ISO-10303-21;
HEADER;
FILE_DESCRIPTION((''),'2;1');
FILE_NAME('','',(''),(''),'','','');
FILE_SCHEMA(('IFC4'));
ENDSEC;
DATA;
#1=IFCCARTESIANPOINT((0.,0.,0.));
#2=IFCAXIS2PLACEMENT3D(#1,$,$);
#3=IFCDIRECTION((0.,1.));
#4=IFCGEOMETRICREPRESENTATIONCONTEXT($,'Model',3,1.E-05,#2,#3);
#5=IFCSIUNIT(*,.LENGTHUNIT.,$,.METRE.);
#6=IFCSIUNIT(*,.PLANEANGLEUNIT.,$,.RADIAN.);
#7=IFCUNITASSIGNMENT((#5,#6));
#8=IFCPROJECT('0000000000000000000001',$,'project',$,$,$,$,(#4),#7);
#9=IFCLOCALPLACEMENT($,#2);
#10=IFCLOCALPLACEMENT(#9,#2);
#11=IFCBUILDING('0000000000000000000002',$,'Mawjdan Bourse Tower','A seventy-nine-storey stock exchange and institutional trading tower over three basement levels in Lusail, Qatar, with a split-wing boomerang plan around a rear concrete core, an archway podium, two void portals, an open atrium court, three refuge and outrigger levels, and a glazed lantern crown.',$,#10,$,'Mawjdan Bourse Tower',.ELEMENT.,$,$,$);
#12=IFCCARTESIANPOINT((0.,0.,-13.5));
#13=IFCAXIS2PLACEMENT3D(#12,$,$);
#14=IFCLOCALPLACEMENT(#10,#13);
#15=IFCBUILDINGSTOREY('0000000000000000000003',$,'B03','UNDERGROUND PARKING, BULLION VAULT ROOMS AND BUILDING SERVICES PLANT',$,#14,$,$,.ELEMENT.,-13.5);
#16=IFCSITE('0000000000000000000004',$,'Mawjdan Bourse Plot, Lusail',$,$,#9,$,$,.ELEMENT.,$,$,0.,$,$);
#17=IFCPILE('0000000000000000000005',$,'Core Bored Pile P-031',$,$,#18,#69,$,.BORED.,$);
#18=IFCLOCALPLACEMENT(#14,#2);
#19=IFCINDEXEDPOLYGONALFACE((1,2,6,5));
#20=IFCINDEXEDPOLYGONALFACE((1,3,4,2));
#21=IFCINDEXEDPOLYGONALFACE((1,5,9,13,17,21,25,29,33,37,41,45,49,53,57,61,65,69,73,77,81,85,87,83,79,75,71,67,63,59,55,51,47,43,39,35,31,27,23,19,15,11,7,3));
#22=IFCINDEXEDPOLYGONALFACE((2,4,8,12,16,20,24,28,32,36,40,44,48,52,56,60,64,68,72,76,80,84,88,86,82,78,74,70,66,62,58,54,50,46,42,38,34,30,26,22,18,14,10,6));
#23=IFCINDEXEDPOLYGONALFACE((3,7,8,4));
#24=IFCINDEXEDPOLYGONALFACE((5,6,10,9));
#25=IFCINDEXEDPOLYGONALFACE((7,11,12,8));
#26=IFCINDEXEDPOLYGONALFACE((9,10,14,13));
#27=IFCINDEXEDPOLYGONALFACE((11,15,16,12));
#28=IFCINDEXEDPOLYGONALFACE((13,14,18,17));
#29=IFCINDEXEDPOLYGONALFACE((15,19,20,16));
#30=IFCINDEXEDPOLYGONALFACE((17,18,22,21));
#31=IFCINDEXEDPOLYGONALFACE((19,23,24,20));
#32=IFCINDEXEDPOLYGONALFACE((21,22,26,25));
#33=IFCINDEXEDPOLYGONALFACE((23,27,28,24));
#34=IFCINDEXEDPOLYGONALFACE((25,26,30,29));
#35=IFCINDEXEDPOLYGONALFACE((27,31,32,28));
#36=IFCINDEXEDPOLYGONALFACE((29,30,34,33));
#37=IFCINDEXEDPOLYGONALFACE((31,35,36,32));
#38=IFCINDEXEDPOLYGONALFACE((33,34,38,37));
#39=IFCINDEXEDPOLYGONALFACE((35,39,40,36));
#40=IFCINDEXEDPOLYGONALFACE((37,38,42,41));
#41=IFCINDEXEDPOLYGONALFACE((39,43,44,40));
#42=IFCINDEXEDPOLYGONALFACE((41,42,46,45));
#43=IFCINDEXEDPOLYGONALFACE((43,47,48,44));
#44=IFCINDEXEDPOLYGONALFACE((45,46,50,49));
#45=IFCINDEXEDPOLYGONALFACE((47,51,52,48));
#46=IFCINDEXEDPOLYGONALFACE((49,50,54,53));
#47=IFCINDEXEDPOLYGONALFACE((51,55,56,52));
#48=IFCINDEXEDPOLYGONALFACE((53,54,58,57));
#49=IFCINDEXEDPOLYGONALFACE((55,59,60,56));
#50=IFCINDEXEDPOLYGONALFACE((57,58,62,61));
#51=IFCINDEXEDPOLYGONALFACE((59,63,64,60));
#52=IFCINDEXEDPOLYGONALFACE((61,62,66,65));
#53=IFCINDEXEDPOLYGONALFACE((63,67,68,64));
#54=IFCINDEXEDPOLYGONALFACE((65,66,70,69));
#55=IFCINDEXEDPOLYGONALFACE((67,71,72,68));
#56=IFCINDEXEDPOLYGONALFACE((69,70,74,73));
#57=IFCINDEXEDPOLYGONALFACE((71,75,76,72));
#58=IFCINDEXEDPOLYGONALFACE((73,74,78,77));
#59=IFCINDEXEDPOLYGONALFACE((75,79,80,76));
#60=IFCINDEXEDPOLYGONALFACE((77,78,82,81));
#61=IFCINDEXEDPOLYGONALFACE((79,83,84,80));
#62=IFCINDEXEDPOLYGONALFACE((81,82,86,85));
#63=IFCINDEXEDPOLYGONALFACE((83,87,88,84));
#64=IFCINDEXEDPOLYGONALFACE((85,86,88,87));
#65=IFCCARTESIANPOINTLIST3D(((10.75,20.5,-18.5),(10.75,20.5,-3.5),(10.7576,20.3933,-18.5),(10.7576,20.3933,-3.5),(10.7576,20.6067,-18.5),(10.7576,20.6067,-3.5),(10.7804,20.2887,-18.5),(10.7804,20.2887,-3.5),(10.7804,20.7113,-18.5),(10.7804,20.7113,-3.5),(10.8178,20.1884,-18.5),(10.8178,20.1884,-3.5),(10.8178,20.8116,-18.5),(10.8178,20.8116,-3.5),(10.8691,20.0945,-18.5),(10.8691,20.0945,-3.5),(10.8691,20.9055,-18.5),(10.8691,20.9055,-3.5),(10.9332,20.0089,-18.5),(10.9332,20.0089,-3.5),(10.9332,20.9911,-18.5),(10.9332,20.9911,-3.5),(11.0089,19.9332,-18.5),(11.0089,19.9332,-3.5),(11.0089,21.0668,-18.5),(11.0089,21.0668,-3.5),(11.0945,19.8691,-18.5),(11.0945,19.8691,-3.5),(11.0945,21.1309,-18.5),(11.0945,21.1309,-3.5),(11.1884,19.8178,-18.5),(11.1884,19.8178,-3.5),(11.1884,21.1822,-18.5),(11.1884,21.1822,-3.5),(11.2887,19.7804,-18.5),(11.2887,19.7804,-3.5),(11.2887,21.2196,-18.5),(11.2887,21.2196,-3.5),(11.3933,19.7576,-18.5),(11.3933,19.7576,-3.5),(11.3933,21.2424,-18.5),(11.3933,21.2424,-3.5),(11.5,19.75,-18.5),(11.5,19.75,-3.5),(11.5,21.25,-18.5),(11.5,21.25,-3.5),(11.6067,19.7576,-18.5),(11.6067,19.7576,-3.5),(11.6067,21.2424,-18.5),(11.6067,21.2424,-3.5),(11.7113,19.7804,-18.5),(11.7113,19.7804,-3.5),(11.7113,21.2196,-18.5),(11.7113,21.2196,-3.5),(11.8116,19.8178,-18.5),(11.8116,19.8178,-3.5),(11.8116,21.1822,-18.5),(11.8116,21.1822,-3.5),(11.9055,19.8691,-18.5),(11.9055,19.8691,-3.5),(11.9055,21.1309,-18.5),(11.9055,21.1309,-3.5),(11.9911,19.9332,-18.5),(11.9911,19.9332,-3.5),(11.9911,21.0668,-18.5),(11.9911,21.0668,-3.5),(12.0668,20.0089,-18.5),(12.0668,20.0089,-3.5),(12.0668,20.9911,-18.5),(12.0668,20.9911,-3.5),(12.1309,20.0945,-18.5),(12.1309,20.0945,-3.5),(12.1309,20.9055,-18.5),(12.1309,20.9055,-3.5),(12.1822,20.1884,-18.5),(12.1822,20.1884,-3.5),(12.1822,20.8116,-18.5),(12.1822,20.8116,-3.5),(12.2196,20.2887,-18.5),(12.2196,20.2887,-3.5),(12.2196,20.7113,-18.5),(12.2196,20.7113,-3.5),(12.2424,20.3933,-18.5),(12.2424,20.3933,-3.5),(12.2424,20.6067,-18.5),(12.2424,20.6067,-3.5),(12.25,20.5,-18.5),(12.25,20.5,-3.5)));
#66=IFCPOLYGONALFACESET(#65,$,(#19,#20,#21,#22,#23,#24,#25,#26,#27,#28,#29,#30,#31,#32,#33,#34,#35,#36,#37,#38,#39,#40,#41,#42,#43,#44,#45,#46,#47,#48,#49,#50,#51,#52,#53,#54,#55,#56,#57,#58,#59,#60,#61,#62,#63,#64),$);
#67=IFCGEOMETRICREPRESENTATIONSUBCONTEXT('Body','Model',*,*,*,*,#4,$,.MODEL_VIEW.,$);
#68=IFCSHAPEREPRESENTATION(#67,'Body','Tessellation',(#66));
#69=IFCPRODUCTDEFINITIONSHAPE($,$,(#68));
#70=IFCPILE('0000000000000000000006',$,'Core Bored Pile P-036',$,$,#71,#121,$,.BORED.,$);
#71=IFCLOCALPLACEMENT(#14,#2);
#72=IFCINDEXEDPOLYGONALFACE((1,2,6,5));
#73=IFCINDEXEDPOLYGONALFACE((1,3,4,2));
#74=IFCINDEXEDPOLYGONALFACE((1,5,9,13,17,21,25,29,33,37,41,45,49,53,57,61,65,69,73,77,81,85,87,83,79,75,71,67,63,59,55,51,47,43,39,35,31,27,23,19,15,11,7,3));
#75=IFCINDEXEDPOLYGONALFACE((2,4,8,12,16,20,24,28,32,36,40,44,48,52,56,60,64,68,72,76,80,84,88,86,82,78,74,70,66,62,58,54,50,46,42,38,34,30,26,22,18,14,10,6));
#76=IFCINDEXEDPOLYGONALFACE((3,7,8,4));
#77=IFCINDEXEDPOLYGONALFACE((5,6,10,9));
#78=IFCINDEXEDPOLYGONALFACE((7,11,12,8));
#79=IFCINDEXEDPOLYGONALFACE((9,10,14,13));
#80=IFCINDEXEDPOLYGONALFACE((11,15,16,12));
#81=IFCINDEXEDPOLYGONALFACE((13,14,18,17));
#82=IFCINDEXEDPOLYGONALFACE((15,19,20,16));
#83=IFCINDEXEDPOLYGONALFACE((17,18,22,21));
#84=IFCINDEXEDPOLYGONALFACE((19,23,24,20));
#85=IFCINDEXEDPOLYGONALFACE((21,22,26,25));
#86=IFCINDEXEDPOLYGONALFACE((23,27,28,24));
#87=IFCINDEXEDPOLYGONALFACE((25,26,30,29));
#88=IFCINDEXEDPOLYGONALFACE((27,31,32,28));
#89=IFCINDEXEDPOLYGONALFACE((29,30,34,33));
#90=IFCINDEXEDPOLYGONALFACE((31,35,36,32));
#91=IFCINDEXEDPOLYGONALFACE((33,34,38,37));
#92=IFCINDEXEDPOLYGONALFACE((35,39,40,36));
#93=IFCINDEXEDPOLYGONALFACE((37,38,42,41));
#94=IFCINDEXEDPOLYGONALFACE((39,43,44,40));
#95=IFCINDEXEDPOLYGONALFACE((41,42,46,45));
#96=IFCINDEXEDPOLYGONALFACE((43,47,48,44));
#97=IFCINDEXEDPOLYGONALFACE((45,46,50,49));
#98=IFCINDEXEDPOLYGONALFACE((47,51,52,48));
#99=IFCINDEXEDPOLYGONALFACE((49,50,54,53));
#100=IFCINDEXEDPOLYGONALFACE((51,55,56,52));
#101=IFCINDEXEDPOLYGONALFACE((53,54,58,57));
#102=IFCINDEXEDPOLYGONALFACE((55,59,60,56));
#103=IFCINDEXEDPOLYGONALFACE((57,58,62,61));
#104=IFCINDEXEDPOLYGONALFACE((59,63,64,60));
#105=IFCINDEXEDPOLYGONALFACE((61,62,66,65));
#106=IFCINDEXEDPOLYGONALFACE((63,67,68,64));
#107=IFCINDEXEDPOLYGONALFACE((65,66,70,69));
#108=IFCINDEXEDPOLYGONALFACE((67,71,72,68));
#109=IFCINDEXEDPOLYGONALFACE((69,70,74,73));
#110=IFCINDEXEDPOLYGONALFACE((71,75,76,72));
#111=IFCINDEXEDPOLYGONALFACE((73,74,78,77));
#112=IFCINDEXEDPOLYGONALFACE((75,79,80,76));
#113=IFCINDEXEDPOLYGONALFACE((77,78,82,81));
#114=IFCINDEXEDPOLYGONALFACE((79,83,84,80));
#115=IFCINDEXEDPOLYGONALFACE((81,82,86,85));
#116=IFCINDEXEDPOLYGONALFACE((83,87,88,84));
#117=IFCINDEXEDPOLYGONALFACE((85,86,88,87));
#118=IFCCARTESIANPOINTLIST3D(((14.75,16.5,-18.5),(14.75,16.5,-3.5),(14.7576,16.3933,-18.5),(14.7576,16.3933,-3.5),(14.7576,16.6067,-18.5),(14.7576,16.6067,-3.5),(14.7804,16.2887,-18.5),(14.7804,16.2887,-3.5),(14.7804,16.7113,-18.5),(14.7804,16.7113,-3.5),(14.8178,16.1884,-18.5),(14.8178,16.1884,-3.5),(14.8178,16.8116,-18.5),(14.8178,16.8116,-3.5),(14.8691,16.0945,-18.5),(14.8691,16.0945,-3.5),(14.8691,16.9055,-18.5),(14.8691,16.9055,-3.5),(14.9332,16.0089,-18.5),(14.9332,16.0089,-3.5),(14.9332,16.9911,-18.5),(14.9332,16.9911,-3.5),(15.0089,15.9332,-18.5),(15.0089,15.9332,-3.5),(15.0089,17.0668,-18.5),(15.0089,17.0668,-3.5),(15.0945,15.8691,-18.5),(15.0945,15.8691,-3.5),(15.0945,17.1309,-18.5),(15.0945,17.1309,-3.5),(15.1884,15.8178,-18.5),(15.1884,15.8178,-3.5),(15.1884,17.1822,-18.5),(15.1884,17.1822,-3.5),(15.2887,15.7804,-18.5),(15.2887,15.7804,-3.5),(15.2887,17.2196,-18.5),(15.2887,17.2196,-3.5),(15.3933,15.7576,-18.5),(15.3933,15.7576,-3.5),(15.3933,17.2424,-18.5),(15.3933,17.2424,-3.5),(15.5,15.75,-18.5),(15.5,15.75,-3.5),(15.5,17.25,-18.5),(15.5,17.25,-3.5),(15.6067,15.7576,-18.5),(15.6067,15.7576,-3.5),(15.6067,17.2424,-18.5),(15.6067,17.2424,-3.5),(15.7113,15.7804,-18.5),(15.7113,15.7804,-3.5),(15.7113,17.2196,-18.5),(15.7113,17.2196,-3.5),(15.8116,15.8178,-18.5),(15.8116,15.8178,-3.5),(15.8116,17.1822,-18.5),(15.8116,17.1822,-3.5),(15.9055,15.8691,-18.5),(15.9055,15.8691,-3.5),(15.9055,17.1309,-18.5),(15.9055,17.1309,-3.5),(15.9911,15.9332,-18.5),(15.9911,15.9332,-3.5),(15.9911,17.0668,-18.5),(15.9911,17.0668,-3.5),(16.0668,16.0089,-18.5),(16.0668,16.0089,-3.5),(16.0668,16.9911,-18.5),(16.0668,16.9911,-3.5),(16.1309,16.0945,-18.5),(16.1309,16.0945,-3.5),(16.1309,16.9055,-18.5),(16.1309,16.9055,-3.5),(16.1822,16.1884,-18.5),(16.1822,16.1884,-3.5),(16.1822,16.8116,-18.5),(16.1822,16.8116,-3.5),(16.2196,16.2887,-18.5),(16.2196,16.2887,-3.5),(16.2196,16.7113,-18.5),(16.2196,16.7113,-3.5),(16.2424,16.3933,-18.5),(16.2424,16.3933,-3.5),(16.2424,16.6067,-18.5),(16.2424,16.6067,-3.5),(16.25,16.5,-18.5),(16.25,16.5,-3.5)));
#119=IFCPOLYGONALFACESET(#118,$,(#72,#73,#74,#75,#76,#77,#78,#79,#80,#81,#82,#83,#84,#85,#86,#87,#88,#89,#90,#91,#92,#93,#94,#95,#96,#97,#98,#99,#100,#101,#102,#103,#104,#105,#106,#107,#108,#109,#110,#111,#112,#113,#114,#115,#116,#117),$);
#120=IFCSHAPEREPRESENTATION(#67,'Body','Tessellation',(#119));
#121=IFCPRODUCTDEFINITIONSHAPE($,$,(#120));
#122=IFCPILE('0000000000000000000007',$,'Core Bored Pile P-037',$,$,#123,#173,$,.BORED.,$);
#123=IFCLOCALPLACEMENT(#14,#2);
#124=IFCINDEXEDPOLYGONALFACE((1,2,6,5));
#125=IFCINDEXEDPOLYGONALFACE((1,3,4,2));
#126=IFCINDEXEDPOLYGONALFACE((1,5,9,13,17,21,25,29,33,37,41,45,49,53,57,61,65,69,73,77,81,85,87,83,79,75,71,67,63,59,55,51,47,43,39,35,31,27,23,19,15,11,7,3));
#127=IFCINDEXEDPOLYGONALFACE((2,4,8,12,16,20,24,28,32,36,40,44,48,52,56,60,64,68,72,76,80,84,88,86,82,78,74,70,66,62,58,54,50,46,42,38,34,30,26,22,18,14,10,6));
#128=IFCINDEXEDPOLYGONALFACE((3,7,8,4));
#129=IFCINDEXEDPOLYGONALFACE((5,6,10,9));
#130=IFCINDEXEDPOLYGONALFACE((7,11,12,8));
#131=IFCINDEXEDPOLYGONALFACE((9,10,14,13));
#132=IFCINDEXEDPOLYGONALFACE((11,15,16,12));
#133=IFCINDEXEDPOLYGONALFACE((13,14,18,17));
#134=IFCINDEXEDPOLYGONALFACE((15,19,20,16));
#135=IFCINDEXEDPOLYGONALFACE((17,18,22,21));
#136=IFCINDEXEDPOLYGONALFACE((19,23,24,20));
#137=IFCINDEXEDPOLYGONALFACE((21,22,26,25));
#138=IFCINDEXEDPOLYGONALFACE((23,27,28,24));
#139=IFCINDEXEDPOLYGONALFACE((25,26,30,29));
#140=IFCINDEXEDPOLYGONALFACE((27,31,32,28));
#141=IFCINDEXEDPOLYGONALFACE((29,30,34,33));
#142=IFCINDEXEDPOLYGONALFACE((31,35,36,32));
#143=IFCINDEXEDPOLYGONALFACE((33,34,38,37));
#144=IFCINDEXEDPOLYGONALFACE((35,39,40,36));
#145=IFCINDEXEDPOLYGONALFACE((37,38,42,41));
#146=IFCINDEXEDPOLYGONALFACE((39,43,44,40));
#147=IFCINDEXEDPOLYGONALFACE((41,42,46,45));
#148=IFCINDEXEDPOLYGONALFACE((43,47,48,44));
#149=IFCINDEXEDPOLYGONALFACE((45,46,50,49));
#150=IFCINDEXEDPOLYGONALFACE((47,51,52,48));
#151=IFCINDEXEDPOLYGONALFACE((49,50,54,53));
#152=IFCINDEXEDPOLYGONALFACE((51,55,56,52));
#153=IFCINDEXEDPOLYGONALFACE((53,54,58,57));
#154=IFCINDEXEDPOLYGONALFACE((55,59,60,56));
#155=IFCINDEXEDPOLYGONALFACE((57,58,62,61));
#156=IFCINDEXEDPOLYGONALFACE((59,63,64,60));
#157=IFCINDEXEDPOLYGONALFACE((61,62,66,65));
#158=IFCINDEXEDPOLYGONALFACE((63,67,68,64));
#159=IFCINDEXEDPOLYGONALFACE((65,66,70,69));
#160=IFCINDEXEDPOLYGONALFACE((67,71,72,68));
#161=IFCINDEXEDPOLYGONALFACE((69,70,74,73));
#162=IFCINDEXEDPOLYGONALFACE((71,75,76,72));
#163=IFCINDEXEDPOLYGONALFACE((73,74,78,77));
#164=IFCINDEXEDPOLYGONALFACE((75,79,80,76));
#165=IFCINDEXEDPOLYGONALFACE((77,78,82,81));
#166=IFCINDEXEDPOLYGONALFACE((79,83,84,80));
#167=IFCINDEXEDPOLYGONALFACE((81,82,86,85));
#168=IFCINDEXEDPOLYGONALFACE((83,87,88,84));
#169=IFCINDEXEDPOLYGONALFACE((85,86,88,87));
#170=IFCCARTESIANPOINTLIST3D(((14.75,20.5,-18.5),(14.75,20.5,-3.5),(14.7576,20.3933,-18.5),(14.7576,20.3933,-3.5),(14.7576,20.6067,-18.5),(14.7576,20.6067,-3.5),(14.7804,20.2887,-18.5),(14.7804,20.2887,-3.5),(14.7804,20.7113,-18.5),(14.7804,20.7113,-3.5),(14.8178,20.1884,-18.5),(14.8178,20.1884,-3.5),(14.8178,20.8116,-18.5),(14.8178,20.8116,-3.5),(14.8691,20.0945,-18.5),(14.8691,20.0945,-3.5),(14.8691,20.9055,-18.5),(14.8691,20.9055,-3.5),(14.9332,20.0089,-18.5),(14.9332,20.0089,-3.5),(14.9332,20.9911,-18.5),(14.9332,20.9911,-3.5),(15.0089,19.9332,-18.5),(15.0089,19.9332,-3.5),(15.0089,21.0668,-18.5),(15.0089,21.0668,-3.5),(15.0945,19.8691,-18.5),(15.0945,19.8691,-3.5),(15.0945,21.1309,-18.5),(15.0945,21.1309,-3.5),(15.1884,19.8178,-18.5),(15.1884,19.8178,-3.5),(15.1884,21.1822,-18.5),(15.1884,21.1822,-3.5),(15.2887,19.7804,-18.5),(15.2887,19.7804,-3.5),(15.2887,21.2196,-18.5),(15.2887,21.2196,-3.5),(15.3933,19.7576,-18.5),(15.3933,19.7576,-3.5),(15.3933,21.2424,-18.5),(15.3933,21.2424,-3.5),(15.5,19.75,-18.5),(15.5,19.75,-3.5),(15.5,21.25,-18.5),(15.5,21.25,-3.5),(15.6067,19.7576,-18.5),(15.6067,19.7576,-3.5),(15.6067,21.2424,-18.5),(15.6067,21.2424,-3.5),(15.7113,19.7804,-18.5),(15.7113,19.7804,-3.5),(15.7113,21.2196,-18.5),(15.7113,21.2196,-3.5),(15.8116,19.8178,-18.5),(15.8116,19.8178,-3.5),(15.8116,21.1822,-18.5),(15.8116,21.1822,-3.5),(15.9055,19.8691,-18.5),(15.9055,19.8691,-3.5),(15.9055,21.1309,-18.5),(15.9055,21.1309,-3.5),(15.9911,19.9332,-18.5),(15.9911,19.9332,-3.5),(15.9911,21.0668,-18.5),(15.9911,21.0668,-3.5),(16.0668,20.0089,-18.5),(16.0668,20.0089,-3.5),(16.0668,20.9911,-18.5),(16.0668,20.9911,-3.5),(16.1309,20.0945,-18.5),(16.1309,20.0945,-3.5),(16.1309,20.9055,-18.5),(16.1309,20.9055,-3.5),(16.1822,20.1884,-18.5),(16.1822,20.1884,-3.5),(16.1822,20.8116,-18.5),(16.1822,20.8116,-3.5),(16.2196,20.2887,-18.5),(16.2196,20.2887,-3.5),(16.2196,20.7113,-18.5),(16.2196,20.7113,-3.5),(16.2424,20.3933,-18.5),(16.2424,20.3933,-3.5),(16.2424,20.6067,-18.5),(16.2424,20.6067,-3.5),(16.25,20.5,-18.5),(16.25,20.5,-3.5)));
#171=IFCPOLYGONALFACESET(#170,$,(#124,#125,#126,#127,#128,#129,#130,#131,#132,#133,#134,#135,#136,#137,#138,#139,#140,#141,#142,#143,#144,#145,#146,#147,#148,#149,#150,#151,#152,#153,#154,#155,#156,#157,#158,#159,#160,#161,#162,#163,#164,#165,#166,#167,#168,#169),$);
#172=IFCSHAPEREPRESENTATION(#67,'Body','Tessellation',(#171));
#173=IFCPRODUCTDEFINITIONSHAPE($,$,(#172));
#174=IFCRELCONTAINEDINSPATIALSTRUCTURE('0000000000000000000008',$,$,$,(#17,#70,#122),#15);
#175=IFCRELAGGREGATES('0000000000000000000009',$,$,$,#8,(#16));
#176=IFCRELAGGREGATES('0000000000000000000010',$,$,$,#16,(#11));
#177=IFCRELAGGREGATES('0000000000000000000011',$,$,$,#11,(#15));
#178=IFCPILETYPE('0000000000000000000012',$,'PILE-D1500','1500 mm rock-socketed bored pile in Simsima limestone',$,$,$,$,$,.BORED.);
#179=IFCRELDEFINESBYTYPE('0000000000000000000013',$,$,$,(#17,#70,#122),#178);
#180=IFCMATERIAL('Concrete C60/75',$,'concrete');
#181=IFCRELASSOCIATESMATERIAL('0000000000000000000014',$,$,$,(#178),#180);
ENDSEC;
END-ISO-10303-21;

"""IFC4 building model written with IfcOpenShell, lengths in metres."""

from ifc_helpers import new_model, si_unit, direction, frame, origin, origin_2d, place, context, subcontext, project, spatial, circle, extrude, material, material_profile, profile_set, type_object, element, save


model = new_model("IFC4")

# Units and contexts
model_context = context("Model", 3, precision=1e-05, world=origin(), true_north=direction((0.0, 1.0)))
body_context = subcontext(model_context, "Body", "Model", "MODEL_VIEW")
ifc_project = project(units=[si_unit("LENGTHUNIT", "METRE"), si_unit("PLANEANGLEUNIT", "RADIAN")], contexts=[model_context])

# Site, building, storey
site_placement = place(None, origin())
site = spatial("IfcSite", under=ifc_project, at=site_placement, Name="Mawjdan Bourse Plot, Lusail", CompositionType="ELEMENT", RefElevation=0.0)
building_placement = place(site_placement, origin())
building = spatial("IfcBuilding", under=site, at=building_placement, Name="Mawjdan Bourse Tower", Description="A seventy-nine-storey stock exchange and institutional trading tower over three basement levels in Lusail, Qatar, with a split-wing boomerang plan around a rear concrete core, an archway podium, two void portals, an open atrium court, three refuge and outrigger levels, and a glazed lantern crown.", LongName="Mawjdan Bourse Tower", CompositionType="ELEMENT")
storey_placement = place(building_placement, frame((0.0, 0.0, -13.5)))
storey = spatial("IfcBuildingStorey", under=building, at=storey_placement, Name="B03", Description="UNDERGROUND PARKING, BULLION VAULT ROOMS AND BUILDING SERVICES PLANT", CompositionType="ELEMENT", Elevation=-13.5)

# Piles
ifc_material_1 = material(Name="Concrete C60/75", Category="concrete")
ifc_material_profile_1 = material_profile(ifc_material_1, circle(Radius=0.75, at=origin_2d()), Name="PILE-D1500")
ifc_profile_set_1 = profile_set([ifc_material_profile_1], Name="Concrete C60/75")
pile_type = type_object("IfcPileType", Name="PILE-D1500", Description="1500 mm rock-socketed bored pile in Simsima limestone", PredefinedType="BORED", material=ifc_profile_set_1)
for number, where, z_axis, x_axis, name in (
    (1, (11.5, 20.5, -3.5), (0.0, 0.0, -1.0), (1.0, 0.0, 0.0), "Core Bored Pile P-031"),
    (2, (15.5, 16.5, -3.5), (0.0, 0.0, -1.0), (1.0, 0.0, 0.0), "Core Bored Pile P-036"),
    (3, (15.5, 20.5, -3.5), (0.0, 0.0, -1.0), (1.0, 0.0, 0.0), "Core Bored Pile P-037"),
):
    element("IfcPile", number, at=place(storey_placement, frame(where, z_axis=z_axis, x_axis=x_axis)), inside=storey, type_object=pile_type, Name=name, PredefinedType="BORED", context=body_context, shape_type="SweptSolid", body=[
        extrude(circle(Radius=0.75, at=origin_2d()), origin(), (0.0, 0.0, 1.0), 15.0),
    ])

save(model, "model.ifc")
